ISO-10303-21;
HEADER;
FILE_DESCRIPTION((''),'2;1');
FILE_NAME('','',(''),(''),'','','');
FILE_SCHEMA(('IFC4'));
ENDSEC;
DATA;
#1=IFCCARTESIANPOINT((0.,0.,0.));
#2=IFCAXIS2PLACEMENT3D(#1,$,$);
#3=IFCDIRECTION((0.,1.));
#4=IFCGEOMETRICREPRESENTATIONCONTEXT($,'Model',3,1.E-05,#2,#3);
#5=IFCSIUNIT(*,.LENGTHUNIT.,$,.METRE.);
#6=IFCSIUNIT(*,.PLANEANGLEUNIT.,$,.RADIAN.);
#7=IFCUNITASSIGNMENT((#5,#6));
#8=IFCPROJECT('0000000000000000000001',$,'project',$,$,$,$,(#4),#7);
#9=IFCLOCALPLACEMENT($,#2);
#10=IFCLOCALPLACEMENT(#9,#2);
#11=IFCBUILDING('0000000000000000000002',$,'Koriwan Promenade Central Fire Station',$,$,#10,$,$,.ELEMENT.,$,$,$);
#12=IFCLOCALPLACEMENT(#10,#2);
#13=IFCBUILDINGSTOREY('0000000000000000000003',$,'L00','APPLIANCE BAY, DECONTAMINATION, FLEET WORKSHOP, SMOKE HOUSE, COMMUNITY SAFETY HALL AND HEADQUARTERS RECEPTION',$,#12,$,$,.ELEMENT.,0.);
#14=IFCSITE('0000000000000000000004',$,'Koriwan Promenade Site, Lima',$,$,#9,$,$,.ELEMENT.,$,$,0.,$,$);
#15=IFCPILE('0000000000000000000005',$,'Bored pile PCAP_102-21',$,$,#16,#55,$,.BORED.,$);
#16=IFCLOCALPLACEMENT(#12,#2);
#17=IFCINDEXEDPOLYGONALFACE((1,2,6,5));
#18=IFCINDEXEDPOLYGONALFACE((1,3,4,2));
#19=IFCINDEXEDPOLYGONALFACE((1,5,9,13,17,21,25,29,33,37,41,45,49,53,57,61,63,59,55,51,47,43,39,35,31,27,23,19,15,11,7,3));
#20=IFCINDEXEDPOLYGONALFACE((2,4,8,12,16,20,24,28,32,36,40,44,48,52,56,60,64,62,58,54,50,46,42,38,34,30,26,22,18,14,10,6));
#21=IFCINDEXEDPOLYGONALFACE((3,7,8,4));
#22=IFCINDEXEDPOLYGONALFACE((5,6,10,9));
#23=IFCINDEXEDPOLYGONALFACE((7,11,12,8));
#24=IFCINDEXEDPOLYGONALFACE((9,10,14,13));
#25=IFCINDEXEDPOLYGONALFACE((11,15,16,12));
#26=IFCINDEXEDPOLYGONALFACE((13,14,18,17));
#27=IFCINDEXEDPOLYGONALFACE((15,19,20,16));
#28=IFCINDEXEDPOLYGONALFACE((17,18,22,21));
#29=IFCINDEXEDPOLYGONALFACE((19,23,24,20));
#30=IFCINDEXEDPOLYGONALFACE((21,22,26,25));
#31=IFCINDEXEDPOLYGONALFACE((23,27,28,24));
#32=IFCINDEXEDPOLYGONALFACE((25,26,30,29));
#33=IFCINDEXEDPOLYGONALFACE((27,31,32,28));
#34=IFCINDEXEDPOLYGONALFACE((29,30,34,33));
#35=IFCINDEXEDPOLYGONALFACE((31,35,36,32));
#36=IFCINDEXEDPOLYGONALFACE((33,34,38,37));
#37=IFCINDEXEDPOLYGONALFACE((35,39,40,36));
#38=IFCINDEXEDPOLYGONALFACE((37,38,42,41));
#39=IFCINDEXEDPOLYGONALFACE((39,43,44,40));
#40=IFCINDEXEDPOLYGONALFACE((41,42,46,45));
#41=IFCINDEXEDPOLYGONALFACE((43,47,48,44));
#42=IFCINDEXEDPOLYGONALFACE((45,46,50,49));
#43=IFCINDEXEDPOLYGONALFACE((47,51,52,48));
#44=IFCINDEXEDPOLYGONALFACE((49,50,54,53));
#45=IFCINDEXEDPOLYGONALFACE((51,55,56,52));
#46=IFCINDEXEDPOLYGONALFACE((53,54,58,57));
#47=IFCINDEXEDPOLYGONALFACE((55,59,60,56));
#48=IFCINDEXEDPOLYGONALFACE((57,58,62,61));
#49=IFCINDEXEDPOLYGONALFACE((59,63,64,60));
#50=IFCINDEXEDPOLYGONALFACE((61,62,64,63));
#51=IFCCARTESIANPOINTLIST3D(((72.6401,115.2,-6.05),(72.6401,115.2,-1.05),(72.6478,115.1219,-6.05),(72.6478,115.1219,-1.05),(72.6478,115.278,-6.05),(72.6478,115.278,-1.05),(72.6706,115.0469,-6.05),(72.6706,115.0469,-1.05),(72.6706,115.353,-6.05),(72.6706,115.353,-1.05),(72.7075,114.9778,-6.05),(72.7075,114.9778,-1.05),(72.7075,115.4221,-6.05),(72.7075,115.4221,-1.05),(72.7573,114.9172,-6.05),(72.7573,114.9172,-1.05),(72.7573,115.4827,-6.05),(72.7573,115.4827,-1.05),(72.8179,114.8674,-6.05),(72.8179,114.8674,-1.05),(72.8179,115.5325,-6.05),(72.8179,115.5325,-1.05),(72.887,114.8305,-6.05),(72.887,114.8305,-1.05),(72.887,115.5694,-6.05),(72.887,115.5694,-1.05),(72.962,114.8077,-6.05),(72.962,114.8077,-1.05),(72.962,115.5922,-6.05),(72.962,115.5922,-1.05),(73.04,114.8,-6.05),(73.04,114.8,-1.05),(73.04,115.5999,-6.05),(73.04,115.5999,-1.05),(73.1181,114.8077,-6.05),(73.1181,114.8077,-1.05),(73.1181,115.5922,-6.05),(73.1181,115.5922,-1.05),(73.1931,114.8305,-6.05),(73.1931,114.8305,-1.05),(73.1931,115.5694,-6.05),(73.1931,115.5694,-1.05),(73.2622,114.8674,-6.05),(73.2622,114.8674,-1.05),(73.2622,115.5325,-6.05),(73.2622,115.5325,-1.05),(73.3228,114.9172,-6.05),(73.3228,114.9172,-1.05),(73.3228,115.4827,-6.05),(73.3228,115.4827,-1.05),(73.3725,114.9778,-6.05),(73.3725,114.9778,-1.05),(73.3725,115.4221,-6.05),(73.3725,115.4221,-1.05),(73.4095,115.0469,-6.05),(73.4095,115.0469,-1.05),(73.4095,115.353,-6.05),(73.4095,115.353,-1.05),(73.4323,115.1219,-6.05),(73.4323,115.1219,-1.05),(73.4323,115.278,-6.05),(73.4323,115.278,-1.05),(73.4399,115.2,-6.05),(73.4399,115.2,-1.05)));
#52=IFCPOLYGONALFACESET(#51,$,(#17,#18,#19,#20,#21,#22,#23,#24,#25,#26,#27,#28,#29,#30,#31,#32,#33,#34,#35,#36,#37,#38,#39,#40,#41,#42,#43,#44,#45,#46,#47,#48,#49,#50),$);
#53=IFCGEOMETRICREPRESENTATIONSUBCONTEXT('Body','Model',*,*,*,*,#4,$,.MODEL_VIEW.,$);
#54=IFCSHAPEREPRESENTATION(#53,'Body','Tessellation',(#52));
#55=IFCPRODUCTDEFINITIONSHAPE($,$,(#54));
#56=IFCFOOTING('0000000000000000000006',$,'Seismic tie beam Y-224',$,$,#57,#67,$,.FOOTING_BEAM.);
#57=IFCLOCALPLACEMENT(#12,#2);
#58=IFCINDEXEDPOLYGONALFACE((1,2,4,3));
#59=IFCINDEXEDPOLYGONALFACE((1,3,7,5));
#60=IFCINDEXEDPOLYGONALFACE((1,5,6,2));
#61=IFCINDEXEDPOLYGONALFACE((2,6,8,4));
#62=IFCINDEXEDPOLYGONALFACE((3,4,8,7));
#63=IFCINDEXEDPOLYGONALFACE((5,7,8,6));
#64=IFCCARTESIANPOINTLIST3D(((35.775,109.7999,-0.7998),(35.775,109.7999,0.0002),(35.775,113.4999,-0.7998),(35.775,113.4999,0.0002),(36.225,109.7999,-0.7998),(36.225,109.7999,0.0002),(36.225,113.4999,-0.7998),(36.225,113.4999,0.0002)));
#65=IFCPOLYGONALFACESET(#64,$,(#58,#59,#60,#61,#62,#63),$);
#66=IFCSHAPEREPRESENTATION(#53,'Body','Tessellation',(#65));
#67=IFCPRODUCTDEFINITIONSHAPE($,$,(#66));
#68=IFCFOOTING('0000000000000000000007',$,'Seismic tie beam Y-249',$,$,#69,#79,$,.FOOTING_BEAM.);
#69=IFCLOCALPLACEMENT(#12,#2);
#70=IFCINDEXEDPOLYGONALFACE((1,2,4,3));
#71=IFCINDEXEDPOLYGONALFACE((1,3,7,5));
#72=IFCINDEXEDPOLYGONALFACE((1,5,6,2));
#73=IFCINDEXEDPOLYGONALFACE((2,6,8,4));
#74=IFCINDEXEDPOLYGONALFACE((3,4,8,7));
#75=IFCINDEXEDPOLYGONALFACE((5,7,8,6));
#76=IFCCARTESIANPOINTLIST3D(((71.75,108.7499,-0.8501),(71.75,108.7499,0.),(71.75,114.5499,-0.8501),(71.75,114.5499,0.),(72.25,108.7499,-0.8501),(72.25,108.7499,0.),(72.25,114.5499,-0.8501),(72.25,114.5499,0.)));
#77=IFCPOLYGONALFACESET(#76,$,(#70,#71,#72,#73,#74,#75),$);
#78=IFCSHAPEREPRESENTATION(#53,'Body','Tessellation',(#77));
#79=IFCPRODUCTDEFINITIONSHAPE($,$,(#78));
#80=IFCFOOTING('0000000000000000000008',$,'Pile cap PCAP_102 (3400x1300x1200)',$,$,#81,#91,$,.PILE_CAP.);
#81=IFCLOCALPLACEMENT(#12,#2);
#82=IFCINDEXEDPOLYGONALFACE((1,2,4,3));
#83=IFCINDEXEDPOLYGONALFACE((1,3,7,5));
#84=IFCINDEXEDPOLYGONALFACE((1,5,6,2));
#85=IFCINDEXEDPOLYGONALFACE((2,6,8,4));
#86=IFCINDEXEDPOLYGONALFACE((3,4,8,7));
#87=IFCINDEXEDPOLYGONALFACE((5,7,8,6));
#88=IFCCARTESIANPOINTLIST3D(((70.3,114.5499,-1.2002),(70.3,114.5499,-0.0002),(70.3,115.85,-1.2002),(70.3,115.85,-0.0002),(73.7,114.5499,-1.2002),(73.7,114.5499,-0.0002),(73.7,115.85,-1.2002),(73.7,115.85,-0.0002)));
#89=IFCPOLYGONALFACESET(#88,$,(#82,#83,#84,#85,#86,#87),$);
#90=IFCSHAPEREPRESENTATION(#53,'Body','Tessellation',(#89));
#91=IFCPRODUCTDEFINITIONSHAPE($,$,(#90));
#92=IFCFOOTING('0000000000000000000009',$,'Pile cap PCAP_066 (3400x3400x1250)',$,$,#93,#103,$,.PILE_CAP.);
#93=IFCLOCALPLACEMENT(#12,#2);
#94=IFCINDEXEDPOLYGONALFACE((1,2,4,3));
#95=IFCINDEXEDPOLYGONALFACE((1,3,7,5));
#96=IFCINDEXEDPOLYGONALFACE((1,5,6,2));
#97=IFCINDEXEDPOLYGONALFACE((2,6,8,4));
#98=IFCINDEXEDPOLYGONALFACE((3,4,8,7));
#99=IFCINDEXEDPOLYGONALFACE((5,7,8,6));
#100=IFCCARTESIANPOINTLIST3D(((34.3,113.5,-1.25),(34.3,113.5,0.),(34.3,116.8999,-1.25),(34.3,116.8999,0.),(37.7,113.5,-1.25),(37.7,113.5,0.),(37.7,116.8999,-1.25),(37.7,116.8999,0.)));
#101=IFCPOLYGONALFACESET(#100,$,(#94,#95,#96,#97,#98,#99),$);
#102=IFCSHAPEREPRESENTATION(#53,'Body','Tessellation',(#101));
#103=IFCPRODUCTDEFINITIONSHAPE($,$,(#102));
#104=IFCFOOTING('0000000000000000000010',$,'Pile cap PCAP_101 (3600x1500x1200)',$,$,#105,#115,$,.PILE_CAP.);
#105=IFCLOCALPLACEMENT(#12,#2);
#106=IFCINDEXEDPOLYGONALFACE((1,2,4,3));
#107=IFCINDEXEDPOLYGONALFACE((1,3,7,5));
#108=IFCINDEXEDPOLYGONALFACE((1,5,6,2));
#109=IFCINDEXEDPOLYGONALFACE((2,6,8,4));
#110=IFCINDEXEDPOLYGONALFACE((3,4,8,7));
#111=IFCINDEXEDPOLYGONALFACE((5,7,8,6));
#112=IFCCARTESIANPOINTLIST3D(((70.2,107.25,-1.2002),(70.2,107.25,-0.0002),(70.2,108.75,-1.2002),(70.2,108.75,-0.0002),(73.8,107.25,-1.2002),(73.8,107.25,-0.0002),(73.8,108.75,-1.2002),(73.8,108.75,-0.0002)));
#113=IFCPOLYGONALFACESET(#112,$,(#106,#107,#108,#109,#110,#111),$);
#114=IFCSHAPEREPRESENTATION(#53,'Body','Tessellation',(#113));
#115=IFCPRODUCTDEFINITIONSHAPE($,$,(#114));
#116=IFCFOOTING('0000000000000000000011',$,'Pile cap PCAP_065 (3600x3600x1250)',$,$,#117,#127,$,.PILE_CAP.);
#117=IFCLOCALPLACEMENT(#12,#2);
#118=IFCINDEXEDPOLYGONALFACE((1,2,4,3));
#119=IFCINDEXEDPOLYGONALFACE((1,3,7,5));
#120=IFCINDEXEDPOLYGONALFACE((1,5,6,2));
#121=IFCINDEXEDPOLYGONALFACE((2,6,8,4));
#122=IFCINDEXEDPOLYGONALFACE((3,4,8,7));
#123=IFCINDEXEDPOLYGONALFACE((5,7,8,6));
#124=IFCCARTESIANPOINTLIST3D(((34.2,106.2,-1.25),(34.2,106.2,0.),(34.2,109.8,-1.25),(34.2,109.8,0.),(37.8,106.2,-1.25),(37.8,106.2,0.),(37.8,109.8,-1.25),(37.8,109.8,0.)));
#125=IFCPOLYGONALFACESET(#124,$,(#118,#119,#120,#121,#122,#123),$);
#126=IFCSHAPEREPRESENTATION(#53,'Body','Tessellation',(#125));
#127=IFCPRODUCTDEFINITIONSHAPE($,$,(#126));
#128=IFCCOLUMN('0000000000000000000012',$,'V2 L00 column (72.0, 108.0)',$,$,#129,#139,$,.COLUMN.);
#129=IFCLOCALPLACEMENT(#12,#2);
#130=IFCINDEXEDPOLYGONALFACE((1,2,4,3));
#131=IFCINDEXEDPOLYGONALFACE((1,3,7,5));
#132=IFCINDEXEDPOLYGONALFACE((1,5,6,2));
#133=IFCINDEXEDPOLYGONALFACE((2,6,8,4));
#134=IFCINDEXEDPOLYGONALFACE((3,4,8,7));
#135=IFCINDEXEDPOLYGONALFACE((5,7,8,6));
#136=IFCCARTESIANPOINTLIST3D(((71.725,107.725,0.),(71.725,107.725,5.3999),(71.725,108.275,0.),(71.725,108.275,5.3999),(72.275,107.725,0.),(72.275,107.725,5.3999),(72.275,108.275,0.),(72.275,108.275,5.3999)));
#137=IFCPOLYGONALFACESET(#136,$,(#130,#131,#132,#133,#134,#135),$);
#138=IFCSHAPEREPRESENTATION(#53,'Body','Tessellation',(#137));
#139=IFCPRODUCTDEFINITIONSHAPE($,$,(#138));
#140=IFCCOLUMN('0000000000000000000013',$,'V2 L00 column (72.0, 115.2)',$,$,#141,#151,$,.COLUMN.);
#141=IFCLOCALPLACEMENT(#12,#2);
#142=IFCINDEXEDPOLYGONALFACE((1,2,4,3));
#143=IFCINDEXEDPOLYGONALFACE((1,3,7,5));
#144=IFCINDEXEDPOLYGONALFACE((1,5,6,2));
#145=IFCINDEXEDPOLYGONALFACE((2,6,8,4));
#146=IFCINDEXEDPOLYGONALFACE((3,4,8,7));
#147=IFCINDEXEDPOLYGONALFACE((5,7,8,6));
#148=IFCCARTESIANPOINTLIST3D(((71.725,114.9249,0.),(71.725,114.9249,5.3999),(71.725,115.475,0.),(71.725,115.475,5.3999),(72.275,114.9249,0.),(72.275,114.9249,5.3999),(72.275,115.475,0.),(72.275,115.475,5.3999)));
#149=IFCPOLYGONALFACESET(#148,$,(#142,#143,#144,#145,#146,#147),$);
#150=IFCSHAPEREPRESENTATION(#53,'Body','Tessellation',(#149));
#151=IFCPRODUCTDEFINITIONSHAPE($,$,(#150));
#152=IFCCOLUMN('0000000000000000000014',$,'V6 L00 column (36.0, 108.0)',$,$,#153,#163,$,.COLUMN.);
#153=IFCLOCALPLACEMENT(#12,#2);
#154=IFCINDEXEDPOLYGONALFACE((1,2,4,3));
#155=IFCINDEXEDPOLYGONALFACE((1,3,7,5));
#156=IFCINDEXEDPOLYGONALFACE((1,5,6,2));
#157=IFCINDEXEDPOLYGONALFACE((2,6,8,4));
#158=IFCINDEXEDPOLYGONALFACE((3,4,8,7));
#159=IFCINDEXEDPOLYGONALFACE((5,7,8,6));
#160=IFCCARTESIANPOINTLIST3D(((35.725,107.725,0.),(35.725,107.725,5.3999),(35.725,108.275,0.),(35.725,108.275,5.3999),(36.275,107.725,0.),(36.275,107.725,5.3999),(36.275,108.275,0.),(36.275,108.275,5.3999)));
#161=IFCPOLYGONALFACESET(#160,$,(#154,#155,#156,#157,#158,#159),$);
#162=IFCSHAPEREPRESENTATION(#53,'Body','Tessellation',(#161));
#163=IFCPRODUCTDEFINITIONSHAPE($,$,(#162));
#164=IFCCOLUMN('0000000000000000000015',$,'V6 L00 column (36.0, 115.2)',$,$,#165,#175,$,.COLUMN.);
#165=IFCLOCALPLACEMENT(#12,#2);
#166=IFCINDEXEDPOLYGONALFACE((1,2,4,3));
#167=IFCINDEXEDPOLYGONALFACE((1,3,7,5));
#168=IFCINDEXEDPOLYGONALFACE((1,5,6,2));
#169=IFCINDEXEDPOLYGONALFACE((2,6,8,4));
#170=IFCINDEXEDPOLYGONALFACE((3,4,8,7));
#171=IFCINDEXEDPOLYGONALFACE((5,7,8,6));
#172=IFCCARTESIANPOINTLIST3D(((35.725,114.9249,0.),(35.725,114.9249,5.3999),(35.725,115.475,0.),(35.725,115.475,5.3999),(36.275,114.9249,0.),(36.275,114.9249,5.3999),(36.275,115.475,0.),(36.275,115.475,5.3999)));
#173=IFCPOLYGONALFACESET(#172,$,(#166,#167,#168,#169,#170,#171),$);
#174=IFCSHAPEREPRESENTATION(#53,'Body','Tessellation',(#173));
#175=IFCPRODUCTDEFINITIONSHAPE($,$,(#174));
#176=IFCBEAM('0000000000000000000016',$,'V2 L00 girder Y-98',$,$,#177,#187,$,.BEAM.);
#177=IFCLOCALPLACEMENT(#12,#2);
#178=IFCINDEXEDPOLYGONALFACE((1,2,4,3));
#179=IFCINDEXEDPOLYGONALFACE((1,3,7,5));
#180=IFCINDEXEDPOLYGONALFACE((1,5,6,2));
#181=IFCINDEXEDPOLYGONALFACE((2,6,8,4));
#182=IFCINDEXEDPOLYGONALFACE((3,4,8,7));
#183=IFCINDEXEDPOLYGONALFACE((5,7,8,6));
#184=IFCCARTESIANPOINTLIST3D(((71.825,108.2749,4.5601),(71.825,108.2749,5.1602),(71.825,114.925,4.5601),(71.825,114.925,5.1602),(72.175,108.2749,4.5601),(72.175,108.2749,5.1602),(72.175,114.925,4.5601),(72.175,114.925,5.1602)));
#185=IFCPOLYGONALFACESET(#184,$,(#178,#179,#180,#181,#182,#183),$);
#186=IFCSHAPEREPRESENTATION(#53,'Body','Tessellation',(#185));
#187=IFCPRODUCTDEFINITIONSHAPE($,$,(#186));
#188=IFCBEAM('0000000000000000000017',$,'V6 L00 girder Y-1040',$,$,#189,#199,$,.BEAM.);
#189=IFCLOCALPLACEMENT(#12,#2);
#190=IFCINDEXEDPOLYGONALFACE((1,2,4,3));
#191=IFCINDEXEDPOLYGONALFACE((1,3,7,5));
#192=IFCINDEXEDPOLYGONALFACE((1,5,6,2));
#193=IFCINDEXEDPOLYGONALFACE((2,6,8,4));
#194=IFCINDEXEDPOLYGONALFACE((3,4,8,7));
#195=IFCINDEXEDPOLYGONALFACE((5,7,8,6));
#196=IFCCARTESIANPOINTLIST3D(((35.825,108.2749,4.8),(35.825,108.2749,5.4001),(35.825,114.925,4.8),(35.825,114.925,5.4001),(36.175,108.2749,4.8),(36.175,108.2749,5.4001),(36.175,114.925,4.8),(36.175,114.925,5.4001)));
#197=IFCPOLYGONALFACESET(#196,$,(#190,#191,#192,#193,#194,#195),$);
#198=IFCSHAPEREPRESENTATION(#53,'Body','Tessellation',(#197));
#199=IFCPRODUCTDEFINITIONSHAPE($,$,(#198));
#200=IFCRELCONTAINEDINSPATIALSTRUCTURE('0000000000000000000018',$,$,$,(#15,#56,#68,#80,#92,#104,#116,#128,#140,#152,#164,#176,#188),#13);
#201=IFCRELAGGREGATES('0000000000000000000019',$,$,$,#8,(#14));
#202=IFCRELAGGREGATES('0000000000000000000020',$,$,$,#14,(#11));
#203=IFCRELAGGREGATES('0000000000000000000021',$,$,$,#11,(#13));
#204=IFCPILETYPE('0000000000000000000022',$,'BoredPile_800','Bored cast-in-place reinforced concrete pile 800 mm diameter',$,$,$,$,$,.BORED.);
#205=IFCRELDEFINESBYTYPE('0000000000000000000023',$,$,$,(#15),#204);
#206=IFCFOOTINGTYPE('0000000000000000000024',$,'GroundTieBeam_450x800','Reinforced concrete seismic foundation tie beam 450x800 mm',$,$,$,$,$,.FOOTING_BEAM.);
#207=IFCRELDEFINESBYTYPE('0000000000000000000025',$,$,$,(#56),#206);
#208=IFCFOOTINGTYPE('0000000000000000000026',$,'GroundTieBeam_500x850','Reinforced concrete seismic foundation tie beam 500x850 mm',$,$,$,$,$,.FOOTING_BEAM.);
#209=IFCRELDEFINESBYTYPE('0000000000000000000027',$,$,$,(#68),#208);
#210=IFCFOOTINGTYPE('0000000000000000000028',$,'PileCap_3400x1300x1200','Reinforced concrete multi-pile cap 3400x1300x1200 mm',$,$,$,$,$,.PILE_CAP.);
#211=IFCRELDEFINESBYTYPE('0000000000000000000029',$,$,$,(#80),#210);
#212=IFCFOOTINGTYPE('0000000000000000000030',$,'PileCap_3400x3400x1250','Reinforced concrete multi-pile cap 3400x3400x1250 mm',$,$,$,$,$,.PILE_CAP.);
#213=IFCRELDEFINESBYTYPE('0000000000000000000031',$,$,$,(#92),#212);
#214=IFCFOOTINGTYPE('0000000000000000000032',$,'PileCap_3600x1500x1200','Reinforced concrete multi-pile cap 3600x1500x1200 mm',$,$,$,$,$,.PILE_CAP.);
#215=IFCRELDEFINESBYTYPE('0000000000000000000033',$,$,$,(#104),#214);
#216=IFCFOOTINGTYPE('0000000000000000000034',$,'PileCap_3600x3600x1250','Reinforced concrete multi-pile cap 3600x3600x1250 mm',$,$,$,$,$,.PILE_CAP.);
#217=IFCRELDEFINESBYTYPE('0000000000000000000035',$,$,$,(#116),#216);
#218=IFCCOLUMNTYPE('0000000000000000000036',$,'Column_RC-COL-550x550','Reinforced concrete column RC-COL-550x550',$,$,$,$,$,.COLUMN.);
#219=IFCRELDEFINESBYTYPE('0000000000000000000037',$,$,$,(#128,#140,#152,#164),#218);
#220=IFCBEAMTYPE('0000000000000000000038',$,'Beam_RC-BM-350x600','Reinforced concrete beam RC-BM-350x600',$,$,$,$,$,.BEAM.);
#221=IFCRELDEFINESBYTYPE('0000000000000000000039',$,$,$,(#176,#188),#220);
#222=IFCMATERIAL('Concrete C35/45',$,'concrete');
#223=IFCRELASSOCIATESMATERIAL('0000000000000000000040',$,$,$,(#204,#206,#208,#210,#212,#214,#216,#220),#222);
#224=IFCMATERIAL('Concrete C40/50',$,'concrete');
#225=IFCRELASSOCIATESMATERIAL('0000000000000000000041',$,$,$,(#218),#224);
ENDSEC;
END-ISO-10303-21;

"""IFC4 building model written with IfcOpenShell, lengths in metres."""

from ifc_helpers import new_model, si_unit, direction, frame, origin, origin_2d, place, context, subcontext, project, spatial, rectangle, circle, extrude, material, material_profile, profile_set, type_object, element, save


model = new_model("IFC4")

# Units and contexts
model_context = context("Model", 3, precision=1e-05, world=origin(), true_north=direction((0.0, 1.0)))
body_context = subcontext(model_context, "Body", "Model", "MODEL_VIEW")
ifc_project = project(units=[si_unit("LENGTHUNIT", "METRE"), si_unit("PLANEANGLEUNIT", "RADIAN")], contexts=[model_context])

# Site, building, storey
site_placement = place(None, origin())
site = spatial("IfcSite", under=ifc_project, at=site_placement, Name="Koriwan Promenade Site, Lima", CompositionType="ELEMENT", RefElevation=0.0)
building_placement = place(site_placement, origin())
building = spatial("IfcBuilding", under=site, at=building_placement, Name="Koriwan Promenade Central Fire Station", CompositionType="ELEMENT")
storey_placement = place(building_placement, origin())
storey = spatial("IfcBuildingStorey", under=building, at=storey_placement, Name="L00", Description="APPLIANCE BAY, DECONTAMINATION, FLEET WORKSHOP, SMOKE HOUSE, COMMUNITY SAFETY HALL AND HEADQUARTERS RECEPTION", CompositionType="ELEMENT", Elevation=0.0)

# Pile
ifc_material_1 = material(Name="Concrete C35/45", Category="concrete")
ifc_material_profile_1 = material_profile(ifc_material_1, circle(Radius=0.3999, at=origin_2d()), Name="PILE-D800")
ifc_profile_set_1 = profile_set([ifc_material_profile_1], Name="Concrete C35/45")
pile_type = type_object("IfcPileType", Name="BoredPile_800", Description="Bored cast-in-place reinforced concrete pile 800 mm diameter", PredefinedType="BORED", material=ifc_profile_set_1)
for number, where, z_axis, x_axis, name in (
    (1, (73.04, 115.2, -1.05), (0.0, 0.0, -1.0), (1.0, 0.0, 0.0), "Bored pile PCAP_102-21"),
):
    element("IfcPile", number, at=place(storey_placement, frame(where, z_axis=z_axis, x_axis=x_axis)), inside=storey, type_object=pile_type, Name=name, PredefinedType="BORED", context=body_context, shape_type="SweptSolid", body=[
        extrude(circle(Radius=0.3999, at=origin_2d()), origin(), (0.0, 0.0, 1.0), 5.0),
    ])

# Footings
footing_type_1 = type_object("IfcFootingType", Name="GroundTieBeam_450x800", Description="Reinforced concrete seismic foundation tie beam 450x800 mm", PredefinedType="FOOTING_BEAM", material=ifc_material_1)
footing_1_placement = place(storey_placement, frame((36.0, 111.6499, -0.7998), z_axis=(0.0, 0.0, 1.0), x_axis=(0.0, 1.0, 0.0)))
element("IfcFooting", 2, at=footing_1_placement, inside=storey, type_object=footing_type_1, Name="Seismic tie beam Y-224", PredefinedType="FOOTING_BEAM", context=body_context, shape_type="SweptSolid", body=[
    extrude(rectangle(XDim=3.7, YDim=0.45, at=origin_2d()), origin(), (0.0, 0.0, 1.0), 0.8),
])
footing_type_2 = type_object("IfcFootingType", Name="GroundTieBeam_500x850", Description="Reinforced concrete seismic foundation tie beam 500x850 mm", PredefinedType="FOOTING_BEAM", material=ifc_material_1)
footing_2_placement = place(storey_placement, frame((72.0, 111.6499, -0.8501), z_axis=(0.0, 0.0, 1.0), x_axis=(0.0, 1.0, 0.0)))
element("IfcFooting", 3, at=footing_2_placement, inside=storey, type_object=footing_type_2, Name="Seismic tie beam Y-249", PredefinedType="FOOTING_BEAM", context=body_context, shape_type="SweptSolid", body=[
    extrude(rectangle(XDim=5.8, YDim=0.5, at=origin_2d()), origin(), (0.0, 0.0, 1.0), 0.8501),
])
footing_type_3 = type_object("IfcFootingType", Name="PileCap_3400x1300x1200", Description="Reinforced concrete multi-pile cap 3400x1300x1200 mm", PredefinedType="PILE_CAP", material=ifc_material_1)
footing_3_placement = place(storey_placement, frame((72.0, 115.2, -1.2002), z_axis=(0.0, 0.0, 1.0), x_axis=(1.0, 0.0, 0.0)))
element("IfcFooting", 4, at=footing_3_placement, inside=storey, type_object=footing_type_3, Name="Pile cap PCAP_102 (3400x1300x1200)", PredefinedType="PILE_CAP", context=body_context, shape_type="SweptSolid", body=[
    extrude(rectangle(XDim=3.3999, YDim=1.3, at=origin_2d()), origin(), (0.0, 0.0, 1.0), 1.2),
])
footing_type_4 = type_object("IfcFootingType", Name="PileCap_3400x3400x1250", Description="Reinforced concrete multi-pile cap 3400x3400x1250 mm", PredefinedType="PILE_CAP", material=ifc_material_1)
footing_4_placement = place(storey_placement, frame((36.0, 115.2, -1.25), z_axis=(0.0, 0.0, 1.0), x_axis=(1.0, 0.0, 0.0)))
element("IfcFooting", 5, at=footing_4_placement, inside=storey, type_object=footing_type_4, Name="Pile cap PCAP_066 (3400x3400x1250)", PredefinedType="PILE_CAP", context=body_context, shape_type="SweptSolid", body=[
    extrude(rectangle(XDim=3.3999, YDim=3.3999, at=origin_2d()), origin(), (0.0, 0.0, 1.0), 1.25),
])
footing_type_5 = type_object("IfcFootingType", Name="PileCap_3600x1500x1200", Description="Reinforced concrete multi-pile cap 3600x1500x1200 mm", PredefinedType="PILE_CAP", material=ifc_material_1)
footing_5_placement = place(storey_placement, frame((72.0, 108.0, -1.2002), z_axis=(0.0, 0.0, 1.0), x_axis=(1.0, 0.0, 0.0)))
element("IfcFooting", 6, at=footing_5_placement, inside=storey, type_object=footing_type_5, Name="Pile cap PCAP_101 (3600x1500x1200)", PredefinedType="PILE_CAP", context=body_context, shape_type="SweptSolid", body=[
    extrude(rectangle(XDim=3.6001, YDim=1.5, at=origin_2d()), origin(), (0.0, 0.0, 1.0), 1.2),
])
footing_type_6 = type_object("IfcFootingType", Name="PileCap_3600x3600x1250", Description="Reinforced concrete multi-pile cap 3600x3600x1250 mm", PredefinedType="PILE_CAP", material=ifc_material_1)
footing_6_placement = place(storey_placement, frame((36.0, 108.0, -1.25), z_axis=(0.0, 0.0, 1.0), x_axis=(1.0, 0.0, 0.0)))
element("IfcFooting", 7, at=footing_6_placement, inside=storey, type_object=footing_type_6, Name="Pile cap PCAP_065 (3600x3600x1250)", PredefinedType="PILE_CAP", context=body_context, shape_type="SweptSolid", body=[
    extrude(rectangle(XDim=3.6001, YDim=3.6001, at=origin_2d()), origin(), (0.0, 0.0, 1.0), 1.25),
])

# Columns
ifc_material_2 = material(Name="Concrete C40/50", Category="concrete")
ifc_material_profile_2 = material_profile(ifc_material_2, rectangle(XDim=0.55, YDim=0.55, at=origin_2d()), Name="RC-COL-550x550")
ifc_profile_set_2 = profile_set([ifc_material_profile_2], Name="Concrete C40/50")
column_type = type_object("IfcColumnType", Name="Column_RC-COL-550x550", Description="Reinforced concrete column RC-COL-550x550", PredefinedType="COLUMN", material=ifc_profile_set_2)
for number, where, z_axis, x_axis, name in (
    (8, (72.0, 108.0, 0.0), (0.0, 0.0, 1.0), (1.0, 0.0, 0.0), "V2 L00 column (72.0, 108.0)"),
    (9, (72.0, 115.2, 0.0), (0.0, 0.0, 1.0), (1.0, 0.0, 0.0), "V2 L00 column (72.0, 115.2)"),
    (10, (36.0, 108.0, 0.0), (0.0, 0.0, 1.0), (1.0, 0.0, 0.0), "V6 L00 column (36.0, 108.0)"),
    (11, (36.0, 115.2, 0.0), (0.0, 0.0, 1.0), (1.0, 0.0, 0.0), "V6 L00 column (36.0, 115.2)"),
):
    element("IfcColumn", number, at=place(storey_placement, frame(where, z_axis=z_axis, x_axis=x_axis)), inside=storey, type_object=column_type, Name=name, PredefinedType="COLUMN", context=body_context, shape_type="SweptSolid", body=[
        extrude(rectangle(XDim=0.55, YDim=0.55, at=origin_2d()), origin(), (0.0, 0.0, 1.0), 5.3999),
    ])

# Beams
ifc_material_profile_3 = material_profile(ifc_material_1, rectangle(XDim=0.3501, YDim=0.6001, at=origin_2d()), Name="RC-BM-350x600")
ifc_profile_set_3 = profile_set([ifc_material_profile_3], Name="Concrete C35/45")
beam_type_1 = type_object("IfcBeamType", Name="Beam_RC-BM-350x600", Description="Reinforced concrete beam RC-BM-350x600", PredefinedType="BEAM", material=ifc_profile_set_3)
for number, where, z_axis, x_axis, name in (
    (12, (72.0, 108.2749, 4.8601), (0.0, 1.0, 0.0), (-1.0, 0.0, 0.0), "V2 L00 girder Y-98"),
    (13, (36.0, 108.2749, 5.1001), (0.0, 1.0, 0.0), (-1.0, 0.0, 0.0), "V6 L00 girder Y-1040"),
):
    element("IfcBeam", number, at=place(storey_placement, frame(where, z_axis=z_axis, x_axis=x_axis)), inside=storey, type_object=beam_type_1, Name=name, PredefinedType="BEAM", context=body_context, shape_type="SweptSolid", body=[
        extrude(rectangle(XDim=0.3501, YDim=0.6001, at=origin_2d()), origin(), (0.0, 0.0, 1.0), 6.6501),
    ])

save(model, "model.ifc")
